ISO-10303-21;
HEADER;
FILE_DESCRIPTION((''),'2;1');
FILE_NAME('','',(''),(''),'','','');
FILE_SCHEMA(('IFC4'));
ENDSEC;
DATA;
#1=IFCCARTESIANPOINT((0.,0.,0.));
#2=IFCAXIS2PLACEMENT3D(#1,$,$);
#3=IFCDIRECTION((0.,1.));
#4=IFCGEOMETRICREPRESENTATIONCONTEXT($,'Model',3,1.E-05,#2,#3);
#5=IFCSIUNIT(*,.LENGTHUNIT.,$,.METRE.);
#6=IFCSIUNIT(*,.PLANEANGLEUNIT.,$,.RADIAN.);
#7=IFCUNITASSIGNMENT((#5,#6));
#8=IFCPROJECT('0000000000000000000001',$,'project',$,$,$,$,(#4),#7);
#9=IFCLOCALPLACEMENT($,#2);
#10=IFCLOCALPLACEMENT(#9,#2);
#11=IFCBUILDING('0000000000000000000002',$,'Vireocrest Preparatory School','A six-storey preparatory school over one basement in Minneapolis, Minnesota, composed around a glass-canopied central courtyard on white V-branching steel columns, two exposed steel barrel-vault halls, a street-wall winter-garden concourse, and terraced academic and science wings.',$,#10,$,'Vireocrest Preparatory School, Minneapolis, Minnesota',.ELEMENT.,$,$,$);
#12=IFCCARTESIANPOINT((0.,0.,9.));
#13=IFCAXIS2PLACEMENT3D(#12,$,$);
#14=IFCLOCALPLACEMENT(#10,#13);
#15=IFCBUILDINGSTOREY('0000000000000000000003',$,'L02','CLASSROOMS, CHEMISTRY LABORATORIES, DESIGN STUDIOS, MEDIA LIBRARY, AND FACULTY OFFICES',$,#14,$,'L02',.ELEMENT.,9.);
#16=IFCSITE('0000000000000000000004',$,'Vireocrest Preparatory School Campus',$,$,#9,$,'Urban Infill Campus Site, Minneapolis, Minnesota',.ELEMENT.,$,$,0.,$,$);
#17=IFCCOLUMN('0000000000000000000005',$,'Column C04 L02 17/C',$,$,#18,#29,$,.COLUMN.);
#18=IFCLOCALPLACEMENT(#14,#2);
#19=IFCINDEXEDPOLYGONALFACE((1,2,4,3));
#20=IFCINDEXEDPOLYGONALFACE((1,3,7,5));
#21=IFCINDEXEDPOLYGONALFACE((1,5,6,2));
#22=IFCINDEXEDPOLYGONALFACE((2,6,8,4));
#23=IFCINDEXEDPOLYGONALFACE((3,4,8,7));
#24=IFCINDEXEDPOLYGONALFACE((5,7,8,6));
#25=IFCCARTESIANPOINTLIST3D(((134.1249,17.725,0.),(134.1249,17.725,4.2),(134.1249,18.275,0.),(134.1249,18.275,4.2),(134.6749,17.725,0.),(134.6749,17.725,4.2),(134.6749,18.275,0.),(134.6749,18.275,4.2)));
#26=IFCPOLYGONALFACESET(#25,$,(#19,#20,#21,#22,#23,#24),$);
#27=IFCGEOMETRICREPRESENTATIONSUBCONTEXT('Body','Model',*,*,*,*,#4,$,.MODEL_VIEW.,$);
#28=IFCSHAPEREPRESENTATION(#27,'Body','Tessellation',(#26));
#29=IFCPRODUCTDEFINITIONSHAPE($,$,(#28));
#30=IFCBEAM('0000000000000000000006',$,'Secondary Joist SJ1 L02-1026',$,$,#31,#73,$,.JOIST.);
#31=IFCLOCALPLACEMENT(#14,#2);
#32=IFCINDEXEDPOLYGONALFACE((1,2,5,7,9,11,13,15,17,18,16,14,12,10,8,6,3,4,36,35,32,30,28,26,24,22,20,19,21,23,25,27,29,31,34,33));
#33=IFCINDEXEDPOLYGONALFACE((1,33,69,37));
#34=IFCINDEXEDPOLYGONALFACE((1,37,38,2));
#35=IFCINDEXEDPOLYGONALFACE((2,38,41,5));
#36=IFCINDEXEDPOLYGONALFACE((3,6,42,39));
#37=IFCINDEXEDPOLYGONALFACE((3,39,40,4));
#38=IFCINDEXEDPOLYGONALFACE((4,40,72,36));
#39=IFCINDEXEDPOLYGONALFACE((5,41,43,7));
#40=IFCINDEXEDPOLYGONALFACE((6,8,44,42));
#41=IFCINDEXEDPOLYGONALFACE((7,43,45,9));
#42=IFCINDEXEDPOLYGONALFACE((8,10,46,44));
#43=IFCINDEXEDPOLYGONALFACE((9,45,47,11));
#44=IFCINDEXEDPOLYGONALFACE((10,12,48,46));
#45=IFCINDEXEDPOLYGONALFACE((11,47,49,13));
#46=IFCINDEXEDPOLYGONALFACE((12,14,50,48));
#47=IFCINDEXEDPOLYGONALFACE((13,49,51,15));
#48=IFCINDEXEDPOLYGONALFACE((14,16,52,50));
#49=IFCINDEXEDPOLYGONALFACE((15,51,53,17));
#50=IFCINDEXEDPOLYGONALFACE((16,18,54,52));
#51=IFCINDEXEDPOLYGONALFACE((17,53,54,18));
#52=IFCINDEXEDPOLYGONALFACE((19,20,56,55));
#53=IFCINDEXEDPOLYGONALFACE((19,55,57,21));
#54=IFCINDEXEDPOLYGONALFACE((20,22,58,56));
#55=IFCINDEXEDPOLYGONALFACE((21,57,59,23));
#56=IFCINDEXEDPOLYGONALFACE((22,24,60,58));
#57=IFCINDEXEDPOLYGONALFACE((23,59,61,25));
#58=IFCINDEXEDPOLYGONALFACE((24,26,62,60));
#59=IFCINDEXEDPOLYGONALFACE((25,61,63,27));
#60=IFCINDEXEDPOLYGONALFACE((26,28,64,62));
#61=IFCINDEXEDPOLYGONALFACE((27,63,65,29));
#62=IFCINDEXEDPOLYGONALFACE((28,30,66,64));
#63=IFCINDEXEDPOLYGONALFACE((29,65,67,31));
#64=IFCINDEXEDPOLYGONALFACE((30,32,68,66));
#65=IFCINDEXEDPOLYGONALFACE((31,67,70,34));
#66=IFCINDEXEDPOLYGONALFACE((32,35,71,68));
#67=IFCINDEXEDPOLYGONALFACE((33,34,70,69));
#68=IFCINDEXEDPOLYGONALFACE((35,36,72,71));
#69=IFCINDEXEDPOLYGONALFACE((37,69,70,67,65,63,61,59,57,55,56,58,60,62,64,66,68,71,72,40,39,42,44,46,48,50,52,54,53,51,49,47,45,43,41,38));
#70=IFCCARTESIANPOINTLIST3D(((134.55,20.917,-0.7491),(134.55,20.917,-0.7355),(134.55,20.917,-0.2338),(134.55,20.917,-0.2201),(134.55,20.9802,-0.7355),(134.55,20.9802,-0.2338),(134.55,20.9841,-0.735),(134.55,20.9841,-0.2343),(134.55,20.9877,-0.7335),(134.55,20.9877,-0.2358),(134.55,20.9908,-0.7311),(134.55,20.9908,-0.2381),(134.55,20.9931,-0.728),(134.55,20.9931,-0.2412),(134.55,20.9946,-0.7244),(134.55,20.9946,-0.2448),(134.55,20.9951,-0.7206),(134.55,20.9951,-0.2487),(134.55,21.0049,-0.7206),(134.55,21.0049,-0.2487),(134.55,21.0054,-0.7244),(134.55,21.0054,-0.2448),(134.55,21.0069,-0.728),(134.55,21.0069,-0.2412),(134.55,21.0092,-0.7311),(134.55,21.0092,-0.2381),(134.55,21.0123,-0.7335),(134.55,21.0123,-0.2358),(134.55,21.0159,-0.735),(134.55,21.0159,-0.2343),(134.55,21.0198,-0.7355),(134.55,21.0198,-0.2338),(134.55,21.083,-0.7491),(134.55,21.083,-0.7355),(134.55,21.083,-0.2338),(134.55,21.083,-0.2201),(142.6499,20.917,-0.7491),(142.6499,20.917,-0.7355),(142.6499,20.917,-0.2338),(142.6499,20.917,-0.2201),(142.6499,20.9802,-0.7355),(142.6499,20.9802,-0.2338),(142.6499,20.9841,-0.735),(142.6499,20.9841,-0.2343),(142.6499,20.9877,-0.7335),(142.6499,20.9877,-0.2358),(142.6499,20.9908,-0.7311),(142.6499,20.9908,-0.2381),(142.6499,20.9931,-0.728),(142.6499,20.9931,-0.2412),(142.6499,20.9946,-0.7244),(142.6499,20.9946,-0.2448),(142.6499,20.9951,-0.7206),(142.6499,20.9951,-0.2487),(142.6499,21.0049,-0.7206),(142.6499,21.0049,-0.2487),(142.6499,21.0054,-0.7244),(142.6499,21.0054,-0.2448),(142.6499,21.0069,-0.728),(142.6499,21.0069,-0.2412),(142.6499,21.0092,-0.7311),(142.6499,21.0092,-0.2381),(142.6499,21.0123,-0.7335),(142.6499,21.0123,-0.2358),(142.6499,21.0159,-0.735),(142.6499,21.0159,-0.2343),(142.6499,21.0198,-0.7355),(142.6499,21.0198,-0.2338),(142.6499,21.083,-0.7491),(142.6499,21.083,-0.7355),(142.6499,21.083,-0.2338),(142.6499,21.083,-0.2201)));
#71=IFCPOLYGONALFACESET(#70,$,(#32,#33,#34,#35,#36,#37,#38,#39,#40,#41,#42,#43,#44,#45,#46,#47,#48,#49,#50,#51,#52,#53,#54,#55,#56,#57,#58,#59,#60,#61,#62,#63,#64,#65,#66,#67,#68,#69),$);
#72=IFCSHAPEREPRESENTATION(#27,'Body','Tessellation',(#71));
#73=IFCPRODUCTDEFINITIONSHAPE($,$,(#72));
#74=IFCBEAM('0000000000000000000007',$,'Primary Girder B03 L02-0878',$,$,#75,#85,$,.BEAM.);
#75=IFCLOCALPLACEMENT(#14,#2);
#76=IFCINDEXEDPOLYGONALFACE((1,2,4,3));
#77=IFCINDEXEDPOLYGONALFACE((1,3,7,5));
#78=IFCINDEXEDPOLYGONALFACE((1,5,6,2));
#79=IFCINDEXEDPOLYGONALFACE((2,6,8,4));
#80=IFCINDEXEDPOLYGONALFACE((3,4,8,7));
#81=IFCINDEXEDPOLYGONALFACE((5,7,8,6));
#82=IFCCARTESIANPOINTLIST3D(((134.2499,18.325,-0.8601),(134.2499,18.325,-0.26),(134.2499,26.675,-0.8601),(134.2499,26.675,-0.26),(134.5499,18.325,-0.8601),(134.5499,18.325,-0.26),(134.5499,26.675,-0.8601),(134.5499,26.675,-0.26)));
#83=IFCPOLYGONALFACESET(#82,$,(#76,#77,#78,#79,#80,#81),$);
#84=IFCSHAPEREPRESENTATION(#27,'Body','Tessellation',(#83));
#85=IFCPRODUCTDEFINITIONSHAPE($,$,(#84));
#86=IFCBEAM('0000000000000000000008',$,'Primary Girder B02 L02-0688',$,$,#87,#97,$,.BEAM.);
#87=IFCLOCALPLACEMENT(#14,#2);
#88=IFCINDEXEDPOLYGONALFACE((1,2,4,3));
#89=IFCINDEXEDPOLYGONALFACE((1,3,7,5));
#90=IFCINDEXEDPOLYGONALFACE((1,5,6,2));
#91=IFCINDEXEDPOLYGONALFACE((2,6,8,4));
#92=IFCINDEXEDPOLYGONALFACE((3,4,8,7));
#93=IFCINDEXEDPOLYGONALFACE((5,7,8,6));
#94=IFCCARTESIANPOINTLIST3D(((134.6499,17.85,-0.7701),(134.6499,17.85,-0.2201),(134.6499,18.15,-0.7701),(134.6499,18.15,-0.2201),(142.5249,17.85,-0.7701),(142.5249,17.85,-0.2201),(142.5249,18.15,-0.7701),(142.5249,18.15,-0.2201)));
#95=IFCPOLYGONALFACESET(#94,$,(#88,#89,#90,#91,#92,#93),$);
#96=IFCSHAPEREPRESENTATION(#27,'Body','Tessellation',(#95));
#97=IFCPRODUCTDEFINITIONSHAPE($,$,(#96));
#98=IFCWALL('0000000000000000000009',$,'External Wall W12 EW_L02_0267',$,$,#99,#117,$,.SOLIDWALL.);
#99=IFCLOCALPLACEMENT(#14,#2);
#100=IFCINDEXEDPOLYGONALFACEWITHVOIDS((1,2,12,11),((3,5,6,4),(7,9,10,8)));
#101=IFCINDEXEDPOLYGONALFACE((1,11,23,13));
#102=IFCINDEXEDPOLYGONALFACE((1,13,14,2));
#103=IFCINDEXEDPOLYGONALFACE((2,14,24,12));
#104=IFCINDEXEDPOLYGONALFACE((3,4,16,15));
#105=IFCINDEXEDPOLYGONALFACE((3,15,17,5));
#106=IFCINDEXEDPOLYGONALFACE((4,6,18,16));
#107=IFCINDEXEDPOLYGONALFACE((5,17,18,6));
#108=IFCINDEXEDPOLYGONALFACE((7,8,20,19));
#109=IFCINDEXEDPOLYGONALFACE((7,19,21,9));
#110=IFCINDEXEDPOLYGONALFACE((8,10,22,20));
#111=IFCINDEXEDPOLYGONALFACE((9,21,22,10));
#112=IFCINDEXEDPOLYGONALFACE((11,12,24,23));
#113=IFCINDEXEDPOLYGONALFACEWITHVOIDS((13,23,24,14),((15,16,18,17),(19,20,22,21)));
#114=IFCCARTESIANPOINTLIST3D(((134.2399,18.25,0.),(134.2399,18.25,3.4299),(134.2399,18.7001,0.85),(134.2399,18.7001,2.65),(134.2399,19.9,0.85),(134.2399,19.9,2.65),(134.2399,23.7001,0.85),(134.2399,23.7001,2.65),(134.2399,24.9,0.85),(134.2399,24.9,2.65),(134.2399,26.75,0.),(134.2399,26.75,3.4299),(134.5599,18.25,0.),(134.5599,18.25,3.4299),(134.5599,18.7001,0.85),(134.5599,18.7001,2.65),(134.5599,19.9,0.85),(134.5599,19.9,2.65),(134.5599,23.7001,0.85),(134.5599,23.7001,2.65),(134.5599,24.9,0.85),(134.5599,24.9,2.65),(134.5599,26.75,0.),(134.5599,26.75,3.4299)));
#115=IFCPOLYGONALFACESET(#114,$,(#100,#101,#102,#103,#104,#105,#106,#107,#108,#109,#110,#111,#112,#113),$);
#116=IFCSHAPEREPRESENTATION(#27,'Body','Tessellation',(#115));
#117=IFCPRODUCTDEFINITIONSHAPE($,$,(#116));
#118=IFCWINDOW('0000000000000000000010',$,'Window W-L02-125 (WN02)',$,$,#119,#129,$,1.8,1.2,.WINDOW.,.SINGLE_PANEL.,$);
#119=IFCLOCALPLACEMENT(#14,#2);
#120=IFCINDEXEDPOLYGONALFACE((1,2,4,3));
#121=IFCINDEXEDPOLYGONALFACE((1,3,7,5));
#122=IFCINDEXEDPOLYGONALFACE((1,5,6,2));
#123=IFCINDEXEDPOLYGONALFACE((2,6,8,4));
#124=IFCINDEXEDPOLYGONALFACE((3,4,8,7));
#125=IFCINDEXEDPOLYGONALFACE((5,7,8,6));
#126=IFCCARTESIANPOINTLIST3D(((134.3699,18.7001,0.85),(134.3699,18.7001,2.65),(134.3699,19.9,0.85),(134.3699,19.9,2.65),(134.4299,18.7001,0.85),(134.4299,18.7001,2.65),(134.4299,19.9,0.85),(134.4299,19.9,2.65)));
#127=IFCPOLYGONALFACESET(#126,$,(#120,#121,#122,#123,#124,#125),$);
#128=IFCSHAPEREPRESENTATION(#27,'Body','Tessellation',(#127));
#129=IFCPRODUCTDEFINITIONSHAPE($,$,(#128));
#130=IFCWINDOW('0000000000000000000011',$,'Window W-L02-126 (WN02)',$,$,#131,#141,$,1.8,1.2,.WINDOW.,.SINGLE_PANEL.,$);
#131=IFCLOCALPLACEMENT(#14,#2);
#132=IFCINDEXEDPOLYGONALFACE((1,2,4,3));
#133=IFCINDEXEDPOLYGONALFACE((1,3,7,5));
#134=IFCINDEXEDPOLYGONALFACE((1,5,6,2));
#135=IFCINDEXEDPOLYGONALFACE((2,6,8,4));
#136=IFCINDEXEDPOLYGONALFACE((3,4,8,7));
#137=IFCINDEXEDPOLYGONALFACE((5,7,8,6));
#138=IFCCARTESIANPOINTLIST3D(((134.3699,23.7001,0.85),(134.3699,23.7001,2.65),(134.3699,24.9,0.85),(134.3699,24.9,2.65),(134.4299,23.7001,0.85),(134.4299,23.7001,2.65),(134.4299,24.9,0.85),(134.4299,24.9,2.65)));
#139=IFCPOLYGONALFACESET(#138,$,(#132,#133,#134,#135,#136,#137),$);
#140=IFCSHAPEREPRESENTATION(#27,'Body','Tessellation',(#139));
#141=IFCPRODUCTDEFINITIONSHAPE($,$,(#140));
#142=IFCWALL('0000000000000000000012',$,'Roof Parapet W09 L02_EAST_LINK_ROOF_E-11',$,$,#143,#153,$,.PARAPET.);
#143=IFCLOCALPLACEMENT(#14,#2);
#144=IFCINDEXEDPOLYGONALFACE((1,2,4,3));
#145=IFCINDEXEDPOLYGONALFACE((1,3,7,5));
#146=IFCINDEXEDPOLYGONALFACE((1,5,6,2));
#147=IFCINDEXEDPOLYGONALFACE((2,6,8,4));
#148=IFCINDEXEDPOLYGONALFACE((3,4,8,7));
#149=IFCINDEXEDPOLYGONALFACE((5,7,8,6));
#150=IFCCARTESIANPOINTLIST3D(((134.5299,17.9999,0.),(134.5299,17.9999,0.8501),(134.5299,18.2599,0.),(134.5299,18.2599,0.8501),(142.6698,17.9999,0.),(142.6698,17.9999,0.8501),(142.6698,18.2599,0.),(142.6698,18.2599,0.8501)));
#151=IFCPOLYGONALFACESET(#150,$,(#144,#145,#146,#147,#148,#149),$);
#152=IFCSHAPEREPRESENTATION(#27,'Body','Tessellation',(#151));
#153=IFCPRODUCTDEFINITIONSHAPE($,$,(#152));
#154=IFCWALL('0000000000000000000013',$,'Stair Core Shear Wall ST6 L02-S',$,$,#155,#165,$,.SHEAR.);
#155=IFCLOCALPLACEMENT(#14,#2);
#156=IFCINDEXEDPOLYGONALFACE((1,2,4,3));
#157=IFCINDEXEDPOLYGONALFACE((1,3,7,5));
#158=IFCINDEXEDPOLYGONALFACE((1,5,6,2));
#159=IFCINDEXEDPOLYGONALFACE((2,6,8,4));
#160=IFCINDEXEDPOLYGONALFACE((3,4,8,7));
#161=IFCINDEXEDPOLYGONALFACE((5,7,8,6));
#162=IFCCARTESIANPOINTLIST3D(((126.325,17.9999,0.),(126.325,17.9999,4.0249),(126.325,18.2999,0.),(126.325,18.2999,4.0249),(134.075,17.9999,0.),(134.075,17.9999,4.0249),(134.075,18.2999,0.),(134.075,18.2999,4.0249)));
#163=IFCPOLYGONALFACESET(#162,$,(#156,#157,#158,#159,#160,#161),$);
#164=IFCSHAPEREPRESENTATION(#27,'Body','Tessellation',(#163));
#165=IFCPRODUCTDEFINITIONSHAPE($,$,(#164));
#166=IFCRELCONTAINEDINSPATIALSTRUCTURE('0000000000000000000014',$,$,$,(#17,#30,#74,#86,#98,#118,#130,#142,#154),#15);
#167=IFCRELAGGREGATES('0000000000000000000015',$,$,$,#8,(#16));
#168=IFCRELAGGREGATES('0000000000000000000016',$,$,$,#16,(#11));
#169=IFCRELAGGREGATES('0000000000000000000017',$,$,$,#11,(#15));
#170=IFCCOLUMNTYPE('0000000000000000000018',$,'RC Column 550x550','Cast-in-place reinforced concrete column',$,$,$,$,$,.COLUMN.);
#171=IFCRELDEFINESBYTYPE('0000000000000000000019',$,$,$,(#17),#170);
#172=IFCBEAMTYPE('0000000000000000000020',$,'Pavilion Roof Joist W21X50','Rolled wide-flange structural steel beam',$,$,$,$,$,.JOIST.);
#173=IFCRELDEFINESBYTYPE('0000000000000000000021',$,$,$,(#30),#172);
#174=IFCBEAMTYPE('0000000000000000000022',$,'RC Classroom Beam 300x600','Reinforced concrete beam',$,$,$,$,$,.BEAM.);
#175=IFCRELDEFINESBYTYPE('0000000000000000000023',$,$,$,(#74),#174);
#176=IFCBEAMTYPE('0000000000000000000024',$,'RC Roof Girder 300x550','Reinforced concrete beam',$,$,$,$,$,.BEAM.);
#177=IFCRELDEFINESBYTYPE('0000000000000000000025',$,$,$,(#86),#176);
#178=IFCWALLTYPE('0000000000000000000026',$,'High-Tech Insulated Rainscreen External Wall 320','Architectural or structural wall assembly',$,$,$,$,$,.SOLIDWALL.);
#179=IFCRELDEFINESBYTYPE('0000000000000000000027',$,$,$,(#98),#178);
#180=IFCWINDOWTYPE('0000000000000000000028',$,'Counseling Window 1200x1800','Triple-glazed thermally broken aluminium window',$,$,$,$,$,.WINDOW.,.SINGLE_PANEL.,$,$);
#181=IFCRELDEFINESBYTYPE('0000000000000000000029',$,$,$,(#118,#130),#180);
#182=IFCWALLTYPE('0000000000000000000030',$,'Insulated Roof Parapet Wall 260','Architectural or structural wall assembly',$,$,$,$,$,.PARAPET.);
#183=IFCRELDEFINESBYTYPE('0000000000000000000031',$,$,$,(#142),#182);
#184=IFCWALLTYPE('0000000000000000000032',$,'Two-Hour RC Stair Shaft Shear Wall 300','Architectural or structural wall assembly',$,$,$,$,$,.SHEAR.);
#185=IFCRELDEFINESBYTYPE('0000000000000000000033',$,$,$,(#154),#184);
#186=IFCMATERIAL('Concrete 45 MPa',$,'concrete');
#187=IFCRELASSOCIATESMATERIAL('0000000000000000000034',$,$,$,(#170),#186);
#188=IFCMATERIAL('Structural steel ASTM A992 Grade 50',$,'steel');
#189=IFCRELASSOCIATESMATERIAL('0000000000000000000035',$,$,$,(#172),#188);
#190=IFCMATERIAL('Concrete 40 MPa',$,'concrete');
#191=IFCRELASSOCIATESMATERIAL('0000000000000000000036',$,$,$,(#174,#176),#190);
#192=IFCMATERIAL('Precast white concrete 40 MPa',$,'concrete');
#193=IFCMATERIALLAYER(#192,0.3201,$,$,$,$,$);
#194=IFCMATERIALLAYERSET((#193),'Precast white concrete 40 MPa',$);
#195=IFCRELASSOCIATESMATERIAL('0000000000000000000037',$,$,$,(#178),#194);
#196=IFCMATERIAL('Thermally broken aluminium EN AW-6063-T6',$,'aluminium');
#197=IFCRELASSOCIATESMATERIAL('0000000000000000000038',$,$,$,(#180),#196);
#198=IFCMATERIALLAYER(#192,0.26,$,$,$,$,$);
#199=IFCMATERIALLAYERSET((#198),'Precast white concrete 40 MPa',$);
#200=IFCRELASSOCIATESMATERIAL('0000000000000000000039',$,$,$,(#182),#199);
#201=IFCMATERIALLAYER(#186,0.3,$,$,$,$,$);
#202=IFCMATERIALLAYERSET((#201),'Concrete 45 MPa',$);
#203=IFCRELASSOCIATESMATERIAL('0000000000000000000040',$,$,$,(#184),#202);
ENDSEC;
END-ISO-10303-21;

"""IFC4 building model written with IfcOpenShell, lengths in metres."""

from ifc_helpers import new_model, si_unit, direction, frame, frame_2d, origin, origin_2d, place, context, subcontext, project, spatial, rectangle, i_section, extrude, material, layer, layer_set, material_profile, profile_set, type_object, element, fill, save


model = new_model("IFC4")

# Units and contexts
model_context = context("Model", 3, precision=1e-05, world=origin(), true_north=direction((0.0, 1.0)))
body_context = subcontext(model_context, "Body", "Model", "MODEL_VIEW")
ifc_project = project(units=[si_unit("LENGTHUNIT", "METRE"), si_unit("PLANEANGLEUNIT", "RADIAN")], contexts=[model_context])

# Site, building, storey
site_placement = place(None, origin())
site = spatial("IfcSite", under=ifc_project, at=site_placement, Name="Vireocrest Preparatory School Campus", LongName="Urban Infill Campus Site, Minneapolis, Minnesota", CompositionType="ELEMENT", RefElevation=0.0)
building_placement = place(site_placement, origin())
building = spatial("IfcBuilding", under=site, at=building_placement, Name="Vireocrest Preparatory School", Description="A six-storey preparatory school over one basement in Minneapolis, Minnesota, composed around a glass-canopied central courtyard on white V-branching steel columns, two exposed steel barrel-vault halls, a street-wall winter-garden concourse, and terraced academic and science wings.", LongName="Vireocrest Preparatory School, Minneapolis, Minnesota", CompositionType="ELEMENT")
storey_placement = place(building_placement, frame((0.0, 0.0, 9.0)))
storey = spatial("IfcBuildingStorey", under=building, at=storey_placement, Name="L02", Description="CLASSROOMS, CHEMISTRY LABORATORIES, DESIGN STUDIOS, MEDIA LIBRARY, AND FACULTY OFFICES", LongName="L02", CompositionType="ELEMENT", Elevation=9.0)

# Column
ifc_material_1 = material(Name="Concrete 45 MPa", Category="concrete")
ifc_material_profile_1 = material_profile(ifc_material_1, rectangle(XDim=0.55, YDim=0.55, at=origin_2d()), Name="RC 550x550")
ifc_profile_set_1 = profile_set([ifc_material_profile_1], Name="Concrete 45 MPa")
column_type = type_object("IfcColumnType", Name="RC Column 550x550", Description="Cast-in-place reinforced concrete column", PredefinedType="COLUMN", material=ifc_profile_set_1)
column_placement = place(storey_placement, frame((134.3999, 18.0, 0.0), z_axis=(0.0, 0.0, 1.0), x_axis=(1.0, 0.0, 0.0)))
element("IfcColumn", 1, at=column_placement, inside=storey, type_object=column_type, Name="Column C04 L02 17/C", PredefinedType="COLUMN", context=body_context, shape_type="SweptSolid", body=[
    extrude(rectangle(XDim=0.55, YDim=0.55, at=origin_2d()), origin(), (0.0, 0.0, 1.0), 4.2),
])

# Beams
ifc_material_2 = material(Name="Structural steel ASTM A992 Grade 50", Category="steel")
ifc_material_profile_2 = material_profile(ifc_material_2, i_section(OverallWidth=0.166, OverallDepth=0.5291, WebThickness=0.0098, FlangeThickness=0.0137, FilletRadius=0.0149, at=origin_2d()), Name="W21X50")
ifc_profile_set_2 = profile_set([ifc_material_profile_2], Name="Structural steel ASTM A992 Grade 50")
beam_type_1 = type_object("IfcBeamType", Name="Pavilion Roof Joist W21X50", Description="Rolled wide-flange structural steel beam", PredefinedType="JOIST", material=ifc_profile_set_2)
beam_1_placement = place(storey_placement, frame((134.55, 21.0, -0.4846), z_axis=(1.0, 0.0, 0.0), x_axis=(0.0, 1.0, 0.0)))
element("IfcBeam", 2, at=beam_1_placement, inside=storey, type_object=beam_type_1, Name="Secondary Joist SJ1 L02-1026", PredefinedType="JOIST", context=body_context, shape_type="SweptSolid", body=[
    extrude(i_section(OverallWidth=0.166, OverallDepth=0.5291, WebThickness=0.0098, FlangeThickness=0.0137, FilletRadius=0.0149, at=origin_2d()), origin(), (0.0, 0.0, 1.0), 8.0999),
])
ifc_material_3 = material(Name="Concrete 40 MPa", Category="concrete")
ifc_material_profile_3 = material_profile(ifc_material_3, rectangle(XDim=0.3, YDim=0.6001, at=origin_2d()), Name="RC 300x600")
ifc_profile_set_3 = profile_set([ifc_material_profile_3], Name="Concrete 40 MPa")
beam_type_2 = type_object("IfcBeamType", Name="RC Classroom Beam 300x600", Description="Reinforced concrete beam", PredefinedType="BEAM", material=ifc_profile_set_3)
beam_2_placement = place(storey_placement, frame((134.3999, 18.325, -0.5601), z_axis=(0.0, 1.0, 0.0), x_axis=(-1.0, 0.0, 0.0)))
element("IfcBeam", 3, at=beam_2_placement, inside=storey, type_object=beam_type_2, Name="Primary Girder B03 L02-0878", PredefinedType="BEAM", context=body_context, shape_type="SweptSolid", body=[
    extrude(rectangle(XDim=0.3, YDim=0.6001, at=origin_2d()), origin(), (0.0, 0.0, 1.0), 8.3501),
])
ifc_material_profile_4 = material_profile(ifc_material_3, rectangle(XDim=0.3, YDim=0.55, at=origin_2d()), Name="RC 300x550")
ifc_profile_set_4 = profile_set([ifc_material_profile_4], Name="Concrete 40 MPa")
beam_type_3 = type_object("IfcBeamType", Name="RC Roof Girder 300x550", Description="Reinforced concrete beam", PredefinedType="BEAM", material=ifc_profile_set_4)
beam_3_placement = place(storey_placement, frame((134.6499, 18.0, -0.4951), z_axis=(1.0, 0.0, 0.0), x_axis=(0.0, 1.0, 0.0)))
element("IfcBeam", 4, at=beam_3_placement, inside=storey, type_object=beam_type_3, Name="Primary Girder B02 L02-0688", PredefinedType="BEAM", context=body_context, shape_type="SweptSolid", body=[
    extrude(rectangle(XDim=0.3, YDim=0.55, at=origin_2d()), origin(), (0.0, 0.0, 1.0), 7.875),
])

# Wall, openings, windows
ifc_material_4 = material(Name="Precast white concrete 40 MPa", Category="concrete")
ifc_layer_1 = layer(ifc_material_4, 0.3201)
ifc_layer_set_1 = layer_set([ifc_layer_1], Name="Precast white concrete 40 MPa")
wall_type_1 = type_object("IfcWallType", Name="High-Tech Insulated Rainscreen External Wall 320", Description="Architectural or structural wall assembly", PredefinedType="SOLIDWALL", material=ifc_layer_set_1)
wall_1_placement = place(storey_placement, frame((134.3999, 18.25, 0.0), z_axis=(0.0, 0.0, 1.0), x_axis=(0.0, 1.0, 0.0)))
wall_1 = element("IfcWall", 5, at=wall_1_placement, inside=storey, type_object=wall_type_1, Name="External Wall W12 EW_L02_0267", PredefinedType="SOLIDWALL", context=body_context, shape_type="SweptSolid", body=[
    extrude(rectangle(XDim=8.5, YDim=0.3201, at=frame_2d((4.25, 0.0))), origin(), (0.0, 0.0, 1.0), 3.4299),
])
opening_1_placement = place(wall_1_placement, frame((0.45, 0.0, 0.8501)))
opening_1 = element("IfcOpeningElement", 6, at=opening_1_placement, cuts=wall_1, PredefinedType="OPENING", context=body_context, shape_type="SweptSolid", body=[
    extrude(rectangle(XDim=1.2, YDim=1.8, at=frame_2d((0.6001, 0.8999))), frame((0.0, 0.1699, 0.0), z_axis=(0.0, -1.0, 0.0), x_axis=(1.0, 0.0, 0.0)), (0.0, 0.0, 1.0), 0.3401),
])
opening_2_placement = place(wall_1_placement, frame((5.45, 0.0, 0.8501)))
opening_2 = element("IfcOpeningElement", 7, at=opening_2_placement, cuts=wall_1, PredefinedType="OPENING", context=body_context, shape_type="SweptSolid", body=[
    extrude(rectangle(XDim=1.2, YDim=1.8, at=frame_2d((0.6001, 0.8999))), frame((0.0, 0.1699, 0.0), z_axis=(0.0, -1.0, 0.0), x_axis=(1.0, 0.0, 0.0)), (0.0, 0.0, 1.0), 0.3401),
])
ifc_material_5 = material(Name="Thermally broken aluminium EN AW-6063-T6", Category="aluminium")
window_type = type_object("IfcWindowType", Name="Counseling Window 1200x1800", Description="Triple-glazed thermally broken aluminium window", PartitioningType="SINGLE_PANEL", PredefinedType="WINDOW", material=ifc_material_5)
window_1_placement = place(opening_1_placement, origin())
window_1 = element("IfcWindow", 8, at=window_1_placement, inside=storey, type_object=window_type, Name="Window W-L02-125 (WN02)", OverallHeight=1.8, OverallWidth=1.2, PartitioningType="SINGLE_PANEL", PredefinedType="WINDOW", context=body_context, shape_type="SweptSolid", body=[
    extrude(rectangle(XDim=1.2, YDim=1.8, at=frame_2d((0.6001, 0.8999))), frame((0.0, 0.03, 0.0), z_axis=(0.0, -1.0, 0.0), x_axis=(1.0, 0.0, 0.0)), (0.0, 0.0, 1.0), 0.0601),
])
fill(opening_1, window_1)
window_2_placement = place(opening_2_placement, origin())
window_2 = element("IfcWindow", 9, at=window_2_placement, inside=storey, type_object=window_type, Name="Window W-L02-126 (WN02)", OverallHeight=1.8, OverallWidth=1.2, PartitioningType="SINGLE_PANEL", PredefinedType="WINDOW", context=body_context, shape_type="SweptSolid", body=[
    extrude(rectangle(XDim=1.2, YDim=1.8, at=frame_2d((0.6001, 0.8999))), frame((0.0, 0.03, 0.0), z_axis=(0.0, -1.0, 0.0), x_axis=(1.0, 0.0, 0.0)), (0.0, 0.0, 1.0), 0.0601),
])
fill(opening_2, window_2)

# Walls
ifc_layer_2 = layer(ifc_material_4, 0.26)
ifc_layer_set_2 = layer_set([ifc_layer_2], Name="Precast white concrete 40 MPa")
wall_type_2 = type_object("IfcWallType", Name="Insulated Roof Parapet Wall 260", Description="Architectural or structural wall assembly", PredefinedType="PARAPET", material=ifc_layer_set_2)
wall_2_placement = place(storey_placement, frame((134.53, 18.1299, 0.0), z_axis=(0.0, 0.0, 1.0), x_axis=(1.0, 0.0, 0.0)))
element("IfcWall", 10, at=wall_2_placement, inside=storey, type_object=wall_type_2, Name="Roof Parapet W09 L02_EAST_LINK_ROOF_E-11", PredefinedType="PARAPET", context=body_context, shape_type="SweptSolid", body=[
    extrude(rectangle(XDim=8.1399, YDim=0.26, at=frame_2d((4.0698, 0.0))), origin(), (0.0, 0.0, 1.0), 0.8501),
])
ifc_layer_3 = layer(ifc_material_1, 0.3)
ifc_layer_set_3 = layer_set([ifc_layer_3], Name="Concrete 45 MPa")
wall_type_3 = type_object("IfcWallType", Name="Two-Hour RC Stair Shaft Shear Wall 300", Description="Architectural or structural wall assembly", PredefinedType="SHEAR", material=ifc_layer_set_3)
wall_3_placement = place(storey_placement, frame((126.325, 18.1499, 0.0), z_axis=(0.0, 0.0, 1.0), x_axis=(1.0, 0.0, 0.0)))
element("IfcWall", 11, at=wall_3_placement, inside=storey, type_object=wall_type_3, Name="Stair Core Shear Wall ST6 L02-S", PredefinedType="SHEAR", context=body_context, shape_type="SweptSolid", body=[
    extrude(rectangle(XDim=7.75, YDim=0.3, at=frame_2d((3.875, 0.0))), origin(), (0.0, 0.0, 1.0), 4.0249),
])

save(model, "model.ifc")
